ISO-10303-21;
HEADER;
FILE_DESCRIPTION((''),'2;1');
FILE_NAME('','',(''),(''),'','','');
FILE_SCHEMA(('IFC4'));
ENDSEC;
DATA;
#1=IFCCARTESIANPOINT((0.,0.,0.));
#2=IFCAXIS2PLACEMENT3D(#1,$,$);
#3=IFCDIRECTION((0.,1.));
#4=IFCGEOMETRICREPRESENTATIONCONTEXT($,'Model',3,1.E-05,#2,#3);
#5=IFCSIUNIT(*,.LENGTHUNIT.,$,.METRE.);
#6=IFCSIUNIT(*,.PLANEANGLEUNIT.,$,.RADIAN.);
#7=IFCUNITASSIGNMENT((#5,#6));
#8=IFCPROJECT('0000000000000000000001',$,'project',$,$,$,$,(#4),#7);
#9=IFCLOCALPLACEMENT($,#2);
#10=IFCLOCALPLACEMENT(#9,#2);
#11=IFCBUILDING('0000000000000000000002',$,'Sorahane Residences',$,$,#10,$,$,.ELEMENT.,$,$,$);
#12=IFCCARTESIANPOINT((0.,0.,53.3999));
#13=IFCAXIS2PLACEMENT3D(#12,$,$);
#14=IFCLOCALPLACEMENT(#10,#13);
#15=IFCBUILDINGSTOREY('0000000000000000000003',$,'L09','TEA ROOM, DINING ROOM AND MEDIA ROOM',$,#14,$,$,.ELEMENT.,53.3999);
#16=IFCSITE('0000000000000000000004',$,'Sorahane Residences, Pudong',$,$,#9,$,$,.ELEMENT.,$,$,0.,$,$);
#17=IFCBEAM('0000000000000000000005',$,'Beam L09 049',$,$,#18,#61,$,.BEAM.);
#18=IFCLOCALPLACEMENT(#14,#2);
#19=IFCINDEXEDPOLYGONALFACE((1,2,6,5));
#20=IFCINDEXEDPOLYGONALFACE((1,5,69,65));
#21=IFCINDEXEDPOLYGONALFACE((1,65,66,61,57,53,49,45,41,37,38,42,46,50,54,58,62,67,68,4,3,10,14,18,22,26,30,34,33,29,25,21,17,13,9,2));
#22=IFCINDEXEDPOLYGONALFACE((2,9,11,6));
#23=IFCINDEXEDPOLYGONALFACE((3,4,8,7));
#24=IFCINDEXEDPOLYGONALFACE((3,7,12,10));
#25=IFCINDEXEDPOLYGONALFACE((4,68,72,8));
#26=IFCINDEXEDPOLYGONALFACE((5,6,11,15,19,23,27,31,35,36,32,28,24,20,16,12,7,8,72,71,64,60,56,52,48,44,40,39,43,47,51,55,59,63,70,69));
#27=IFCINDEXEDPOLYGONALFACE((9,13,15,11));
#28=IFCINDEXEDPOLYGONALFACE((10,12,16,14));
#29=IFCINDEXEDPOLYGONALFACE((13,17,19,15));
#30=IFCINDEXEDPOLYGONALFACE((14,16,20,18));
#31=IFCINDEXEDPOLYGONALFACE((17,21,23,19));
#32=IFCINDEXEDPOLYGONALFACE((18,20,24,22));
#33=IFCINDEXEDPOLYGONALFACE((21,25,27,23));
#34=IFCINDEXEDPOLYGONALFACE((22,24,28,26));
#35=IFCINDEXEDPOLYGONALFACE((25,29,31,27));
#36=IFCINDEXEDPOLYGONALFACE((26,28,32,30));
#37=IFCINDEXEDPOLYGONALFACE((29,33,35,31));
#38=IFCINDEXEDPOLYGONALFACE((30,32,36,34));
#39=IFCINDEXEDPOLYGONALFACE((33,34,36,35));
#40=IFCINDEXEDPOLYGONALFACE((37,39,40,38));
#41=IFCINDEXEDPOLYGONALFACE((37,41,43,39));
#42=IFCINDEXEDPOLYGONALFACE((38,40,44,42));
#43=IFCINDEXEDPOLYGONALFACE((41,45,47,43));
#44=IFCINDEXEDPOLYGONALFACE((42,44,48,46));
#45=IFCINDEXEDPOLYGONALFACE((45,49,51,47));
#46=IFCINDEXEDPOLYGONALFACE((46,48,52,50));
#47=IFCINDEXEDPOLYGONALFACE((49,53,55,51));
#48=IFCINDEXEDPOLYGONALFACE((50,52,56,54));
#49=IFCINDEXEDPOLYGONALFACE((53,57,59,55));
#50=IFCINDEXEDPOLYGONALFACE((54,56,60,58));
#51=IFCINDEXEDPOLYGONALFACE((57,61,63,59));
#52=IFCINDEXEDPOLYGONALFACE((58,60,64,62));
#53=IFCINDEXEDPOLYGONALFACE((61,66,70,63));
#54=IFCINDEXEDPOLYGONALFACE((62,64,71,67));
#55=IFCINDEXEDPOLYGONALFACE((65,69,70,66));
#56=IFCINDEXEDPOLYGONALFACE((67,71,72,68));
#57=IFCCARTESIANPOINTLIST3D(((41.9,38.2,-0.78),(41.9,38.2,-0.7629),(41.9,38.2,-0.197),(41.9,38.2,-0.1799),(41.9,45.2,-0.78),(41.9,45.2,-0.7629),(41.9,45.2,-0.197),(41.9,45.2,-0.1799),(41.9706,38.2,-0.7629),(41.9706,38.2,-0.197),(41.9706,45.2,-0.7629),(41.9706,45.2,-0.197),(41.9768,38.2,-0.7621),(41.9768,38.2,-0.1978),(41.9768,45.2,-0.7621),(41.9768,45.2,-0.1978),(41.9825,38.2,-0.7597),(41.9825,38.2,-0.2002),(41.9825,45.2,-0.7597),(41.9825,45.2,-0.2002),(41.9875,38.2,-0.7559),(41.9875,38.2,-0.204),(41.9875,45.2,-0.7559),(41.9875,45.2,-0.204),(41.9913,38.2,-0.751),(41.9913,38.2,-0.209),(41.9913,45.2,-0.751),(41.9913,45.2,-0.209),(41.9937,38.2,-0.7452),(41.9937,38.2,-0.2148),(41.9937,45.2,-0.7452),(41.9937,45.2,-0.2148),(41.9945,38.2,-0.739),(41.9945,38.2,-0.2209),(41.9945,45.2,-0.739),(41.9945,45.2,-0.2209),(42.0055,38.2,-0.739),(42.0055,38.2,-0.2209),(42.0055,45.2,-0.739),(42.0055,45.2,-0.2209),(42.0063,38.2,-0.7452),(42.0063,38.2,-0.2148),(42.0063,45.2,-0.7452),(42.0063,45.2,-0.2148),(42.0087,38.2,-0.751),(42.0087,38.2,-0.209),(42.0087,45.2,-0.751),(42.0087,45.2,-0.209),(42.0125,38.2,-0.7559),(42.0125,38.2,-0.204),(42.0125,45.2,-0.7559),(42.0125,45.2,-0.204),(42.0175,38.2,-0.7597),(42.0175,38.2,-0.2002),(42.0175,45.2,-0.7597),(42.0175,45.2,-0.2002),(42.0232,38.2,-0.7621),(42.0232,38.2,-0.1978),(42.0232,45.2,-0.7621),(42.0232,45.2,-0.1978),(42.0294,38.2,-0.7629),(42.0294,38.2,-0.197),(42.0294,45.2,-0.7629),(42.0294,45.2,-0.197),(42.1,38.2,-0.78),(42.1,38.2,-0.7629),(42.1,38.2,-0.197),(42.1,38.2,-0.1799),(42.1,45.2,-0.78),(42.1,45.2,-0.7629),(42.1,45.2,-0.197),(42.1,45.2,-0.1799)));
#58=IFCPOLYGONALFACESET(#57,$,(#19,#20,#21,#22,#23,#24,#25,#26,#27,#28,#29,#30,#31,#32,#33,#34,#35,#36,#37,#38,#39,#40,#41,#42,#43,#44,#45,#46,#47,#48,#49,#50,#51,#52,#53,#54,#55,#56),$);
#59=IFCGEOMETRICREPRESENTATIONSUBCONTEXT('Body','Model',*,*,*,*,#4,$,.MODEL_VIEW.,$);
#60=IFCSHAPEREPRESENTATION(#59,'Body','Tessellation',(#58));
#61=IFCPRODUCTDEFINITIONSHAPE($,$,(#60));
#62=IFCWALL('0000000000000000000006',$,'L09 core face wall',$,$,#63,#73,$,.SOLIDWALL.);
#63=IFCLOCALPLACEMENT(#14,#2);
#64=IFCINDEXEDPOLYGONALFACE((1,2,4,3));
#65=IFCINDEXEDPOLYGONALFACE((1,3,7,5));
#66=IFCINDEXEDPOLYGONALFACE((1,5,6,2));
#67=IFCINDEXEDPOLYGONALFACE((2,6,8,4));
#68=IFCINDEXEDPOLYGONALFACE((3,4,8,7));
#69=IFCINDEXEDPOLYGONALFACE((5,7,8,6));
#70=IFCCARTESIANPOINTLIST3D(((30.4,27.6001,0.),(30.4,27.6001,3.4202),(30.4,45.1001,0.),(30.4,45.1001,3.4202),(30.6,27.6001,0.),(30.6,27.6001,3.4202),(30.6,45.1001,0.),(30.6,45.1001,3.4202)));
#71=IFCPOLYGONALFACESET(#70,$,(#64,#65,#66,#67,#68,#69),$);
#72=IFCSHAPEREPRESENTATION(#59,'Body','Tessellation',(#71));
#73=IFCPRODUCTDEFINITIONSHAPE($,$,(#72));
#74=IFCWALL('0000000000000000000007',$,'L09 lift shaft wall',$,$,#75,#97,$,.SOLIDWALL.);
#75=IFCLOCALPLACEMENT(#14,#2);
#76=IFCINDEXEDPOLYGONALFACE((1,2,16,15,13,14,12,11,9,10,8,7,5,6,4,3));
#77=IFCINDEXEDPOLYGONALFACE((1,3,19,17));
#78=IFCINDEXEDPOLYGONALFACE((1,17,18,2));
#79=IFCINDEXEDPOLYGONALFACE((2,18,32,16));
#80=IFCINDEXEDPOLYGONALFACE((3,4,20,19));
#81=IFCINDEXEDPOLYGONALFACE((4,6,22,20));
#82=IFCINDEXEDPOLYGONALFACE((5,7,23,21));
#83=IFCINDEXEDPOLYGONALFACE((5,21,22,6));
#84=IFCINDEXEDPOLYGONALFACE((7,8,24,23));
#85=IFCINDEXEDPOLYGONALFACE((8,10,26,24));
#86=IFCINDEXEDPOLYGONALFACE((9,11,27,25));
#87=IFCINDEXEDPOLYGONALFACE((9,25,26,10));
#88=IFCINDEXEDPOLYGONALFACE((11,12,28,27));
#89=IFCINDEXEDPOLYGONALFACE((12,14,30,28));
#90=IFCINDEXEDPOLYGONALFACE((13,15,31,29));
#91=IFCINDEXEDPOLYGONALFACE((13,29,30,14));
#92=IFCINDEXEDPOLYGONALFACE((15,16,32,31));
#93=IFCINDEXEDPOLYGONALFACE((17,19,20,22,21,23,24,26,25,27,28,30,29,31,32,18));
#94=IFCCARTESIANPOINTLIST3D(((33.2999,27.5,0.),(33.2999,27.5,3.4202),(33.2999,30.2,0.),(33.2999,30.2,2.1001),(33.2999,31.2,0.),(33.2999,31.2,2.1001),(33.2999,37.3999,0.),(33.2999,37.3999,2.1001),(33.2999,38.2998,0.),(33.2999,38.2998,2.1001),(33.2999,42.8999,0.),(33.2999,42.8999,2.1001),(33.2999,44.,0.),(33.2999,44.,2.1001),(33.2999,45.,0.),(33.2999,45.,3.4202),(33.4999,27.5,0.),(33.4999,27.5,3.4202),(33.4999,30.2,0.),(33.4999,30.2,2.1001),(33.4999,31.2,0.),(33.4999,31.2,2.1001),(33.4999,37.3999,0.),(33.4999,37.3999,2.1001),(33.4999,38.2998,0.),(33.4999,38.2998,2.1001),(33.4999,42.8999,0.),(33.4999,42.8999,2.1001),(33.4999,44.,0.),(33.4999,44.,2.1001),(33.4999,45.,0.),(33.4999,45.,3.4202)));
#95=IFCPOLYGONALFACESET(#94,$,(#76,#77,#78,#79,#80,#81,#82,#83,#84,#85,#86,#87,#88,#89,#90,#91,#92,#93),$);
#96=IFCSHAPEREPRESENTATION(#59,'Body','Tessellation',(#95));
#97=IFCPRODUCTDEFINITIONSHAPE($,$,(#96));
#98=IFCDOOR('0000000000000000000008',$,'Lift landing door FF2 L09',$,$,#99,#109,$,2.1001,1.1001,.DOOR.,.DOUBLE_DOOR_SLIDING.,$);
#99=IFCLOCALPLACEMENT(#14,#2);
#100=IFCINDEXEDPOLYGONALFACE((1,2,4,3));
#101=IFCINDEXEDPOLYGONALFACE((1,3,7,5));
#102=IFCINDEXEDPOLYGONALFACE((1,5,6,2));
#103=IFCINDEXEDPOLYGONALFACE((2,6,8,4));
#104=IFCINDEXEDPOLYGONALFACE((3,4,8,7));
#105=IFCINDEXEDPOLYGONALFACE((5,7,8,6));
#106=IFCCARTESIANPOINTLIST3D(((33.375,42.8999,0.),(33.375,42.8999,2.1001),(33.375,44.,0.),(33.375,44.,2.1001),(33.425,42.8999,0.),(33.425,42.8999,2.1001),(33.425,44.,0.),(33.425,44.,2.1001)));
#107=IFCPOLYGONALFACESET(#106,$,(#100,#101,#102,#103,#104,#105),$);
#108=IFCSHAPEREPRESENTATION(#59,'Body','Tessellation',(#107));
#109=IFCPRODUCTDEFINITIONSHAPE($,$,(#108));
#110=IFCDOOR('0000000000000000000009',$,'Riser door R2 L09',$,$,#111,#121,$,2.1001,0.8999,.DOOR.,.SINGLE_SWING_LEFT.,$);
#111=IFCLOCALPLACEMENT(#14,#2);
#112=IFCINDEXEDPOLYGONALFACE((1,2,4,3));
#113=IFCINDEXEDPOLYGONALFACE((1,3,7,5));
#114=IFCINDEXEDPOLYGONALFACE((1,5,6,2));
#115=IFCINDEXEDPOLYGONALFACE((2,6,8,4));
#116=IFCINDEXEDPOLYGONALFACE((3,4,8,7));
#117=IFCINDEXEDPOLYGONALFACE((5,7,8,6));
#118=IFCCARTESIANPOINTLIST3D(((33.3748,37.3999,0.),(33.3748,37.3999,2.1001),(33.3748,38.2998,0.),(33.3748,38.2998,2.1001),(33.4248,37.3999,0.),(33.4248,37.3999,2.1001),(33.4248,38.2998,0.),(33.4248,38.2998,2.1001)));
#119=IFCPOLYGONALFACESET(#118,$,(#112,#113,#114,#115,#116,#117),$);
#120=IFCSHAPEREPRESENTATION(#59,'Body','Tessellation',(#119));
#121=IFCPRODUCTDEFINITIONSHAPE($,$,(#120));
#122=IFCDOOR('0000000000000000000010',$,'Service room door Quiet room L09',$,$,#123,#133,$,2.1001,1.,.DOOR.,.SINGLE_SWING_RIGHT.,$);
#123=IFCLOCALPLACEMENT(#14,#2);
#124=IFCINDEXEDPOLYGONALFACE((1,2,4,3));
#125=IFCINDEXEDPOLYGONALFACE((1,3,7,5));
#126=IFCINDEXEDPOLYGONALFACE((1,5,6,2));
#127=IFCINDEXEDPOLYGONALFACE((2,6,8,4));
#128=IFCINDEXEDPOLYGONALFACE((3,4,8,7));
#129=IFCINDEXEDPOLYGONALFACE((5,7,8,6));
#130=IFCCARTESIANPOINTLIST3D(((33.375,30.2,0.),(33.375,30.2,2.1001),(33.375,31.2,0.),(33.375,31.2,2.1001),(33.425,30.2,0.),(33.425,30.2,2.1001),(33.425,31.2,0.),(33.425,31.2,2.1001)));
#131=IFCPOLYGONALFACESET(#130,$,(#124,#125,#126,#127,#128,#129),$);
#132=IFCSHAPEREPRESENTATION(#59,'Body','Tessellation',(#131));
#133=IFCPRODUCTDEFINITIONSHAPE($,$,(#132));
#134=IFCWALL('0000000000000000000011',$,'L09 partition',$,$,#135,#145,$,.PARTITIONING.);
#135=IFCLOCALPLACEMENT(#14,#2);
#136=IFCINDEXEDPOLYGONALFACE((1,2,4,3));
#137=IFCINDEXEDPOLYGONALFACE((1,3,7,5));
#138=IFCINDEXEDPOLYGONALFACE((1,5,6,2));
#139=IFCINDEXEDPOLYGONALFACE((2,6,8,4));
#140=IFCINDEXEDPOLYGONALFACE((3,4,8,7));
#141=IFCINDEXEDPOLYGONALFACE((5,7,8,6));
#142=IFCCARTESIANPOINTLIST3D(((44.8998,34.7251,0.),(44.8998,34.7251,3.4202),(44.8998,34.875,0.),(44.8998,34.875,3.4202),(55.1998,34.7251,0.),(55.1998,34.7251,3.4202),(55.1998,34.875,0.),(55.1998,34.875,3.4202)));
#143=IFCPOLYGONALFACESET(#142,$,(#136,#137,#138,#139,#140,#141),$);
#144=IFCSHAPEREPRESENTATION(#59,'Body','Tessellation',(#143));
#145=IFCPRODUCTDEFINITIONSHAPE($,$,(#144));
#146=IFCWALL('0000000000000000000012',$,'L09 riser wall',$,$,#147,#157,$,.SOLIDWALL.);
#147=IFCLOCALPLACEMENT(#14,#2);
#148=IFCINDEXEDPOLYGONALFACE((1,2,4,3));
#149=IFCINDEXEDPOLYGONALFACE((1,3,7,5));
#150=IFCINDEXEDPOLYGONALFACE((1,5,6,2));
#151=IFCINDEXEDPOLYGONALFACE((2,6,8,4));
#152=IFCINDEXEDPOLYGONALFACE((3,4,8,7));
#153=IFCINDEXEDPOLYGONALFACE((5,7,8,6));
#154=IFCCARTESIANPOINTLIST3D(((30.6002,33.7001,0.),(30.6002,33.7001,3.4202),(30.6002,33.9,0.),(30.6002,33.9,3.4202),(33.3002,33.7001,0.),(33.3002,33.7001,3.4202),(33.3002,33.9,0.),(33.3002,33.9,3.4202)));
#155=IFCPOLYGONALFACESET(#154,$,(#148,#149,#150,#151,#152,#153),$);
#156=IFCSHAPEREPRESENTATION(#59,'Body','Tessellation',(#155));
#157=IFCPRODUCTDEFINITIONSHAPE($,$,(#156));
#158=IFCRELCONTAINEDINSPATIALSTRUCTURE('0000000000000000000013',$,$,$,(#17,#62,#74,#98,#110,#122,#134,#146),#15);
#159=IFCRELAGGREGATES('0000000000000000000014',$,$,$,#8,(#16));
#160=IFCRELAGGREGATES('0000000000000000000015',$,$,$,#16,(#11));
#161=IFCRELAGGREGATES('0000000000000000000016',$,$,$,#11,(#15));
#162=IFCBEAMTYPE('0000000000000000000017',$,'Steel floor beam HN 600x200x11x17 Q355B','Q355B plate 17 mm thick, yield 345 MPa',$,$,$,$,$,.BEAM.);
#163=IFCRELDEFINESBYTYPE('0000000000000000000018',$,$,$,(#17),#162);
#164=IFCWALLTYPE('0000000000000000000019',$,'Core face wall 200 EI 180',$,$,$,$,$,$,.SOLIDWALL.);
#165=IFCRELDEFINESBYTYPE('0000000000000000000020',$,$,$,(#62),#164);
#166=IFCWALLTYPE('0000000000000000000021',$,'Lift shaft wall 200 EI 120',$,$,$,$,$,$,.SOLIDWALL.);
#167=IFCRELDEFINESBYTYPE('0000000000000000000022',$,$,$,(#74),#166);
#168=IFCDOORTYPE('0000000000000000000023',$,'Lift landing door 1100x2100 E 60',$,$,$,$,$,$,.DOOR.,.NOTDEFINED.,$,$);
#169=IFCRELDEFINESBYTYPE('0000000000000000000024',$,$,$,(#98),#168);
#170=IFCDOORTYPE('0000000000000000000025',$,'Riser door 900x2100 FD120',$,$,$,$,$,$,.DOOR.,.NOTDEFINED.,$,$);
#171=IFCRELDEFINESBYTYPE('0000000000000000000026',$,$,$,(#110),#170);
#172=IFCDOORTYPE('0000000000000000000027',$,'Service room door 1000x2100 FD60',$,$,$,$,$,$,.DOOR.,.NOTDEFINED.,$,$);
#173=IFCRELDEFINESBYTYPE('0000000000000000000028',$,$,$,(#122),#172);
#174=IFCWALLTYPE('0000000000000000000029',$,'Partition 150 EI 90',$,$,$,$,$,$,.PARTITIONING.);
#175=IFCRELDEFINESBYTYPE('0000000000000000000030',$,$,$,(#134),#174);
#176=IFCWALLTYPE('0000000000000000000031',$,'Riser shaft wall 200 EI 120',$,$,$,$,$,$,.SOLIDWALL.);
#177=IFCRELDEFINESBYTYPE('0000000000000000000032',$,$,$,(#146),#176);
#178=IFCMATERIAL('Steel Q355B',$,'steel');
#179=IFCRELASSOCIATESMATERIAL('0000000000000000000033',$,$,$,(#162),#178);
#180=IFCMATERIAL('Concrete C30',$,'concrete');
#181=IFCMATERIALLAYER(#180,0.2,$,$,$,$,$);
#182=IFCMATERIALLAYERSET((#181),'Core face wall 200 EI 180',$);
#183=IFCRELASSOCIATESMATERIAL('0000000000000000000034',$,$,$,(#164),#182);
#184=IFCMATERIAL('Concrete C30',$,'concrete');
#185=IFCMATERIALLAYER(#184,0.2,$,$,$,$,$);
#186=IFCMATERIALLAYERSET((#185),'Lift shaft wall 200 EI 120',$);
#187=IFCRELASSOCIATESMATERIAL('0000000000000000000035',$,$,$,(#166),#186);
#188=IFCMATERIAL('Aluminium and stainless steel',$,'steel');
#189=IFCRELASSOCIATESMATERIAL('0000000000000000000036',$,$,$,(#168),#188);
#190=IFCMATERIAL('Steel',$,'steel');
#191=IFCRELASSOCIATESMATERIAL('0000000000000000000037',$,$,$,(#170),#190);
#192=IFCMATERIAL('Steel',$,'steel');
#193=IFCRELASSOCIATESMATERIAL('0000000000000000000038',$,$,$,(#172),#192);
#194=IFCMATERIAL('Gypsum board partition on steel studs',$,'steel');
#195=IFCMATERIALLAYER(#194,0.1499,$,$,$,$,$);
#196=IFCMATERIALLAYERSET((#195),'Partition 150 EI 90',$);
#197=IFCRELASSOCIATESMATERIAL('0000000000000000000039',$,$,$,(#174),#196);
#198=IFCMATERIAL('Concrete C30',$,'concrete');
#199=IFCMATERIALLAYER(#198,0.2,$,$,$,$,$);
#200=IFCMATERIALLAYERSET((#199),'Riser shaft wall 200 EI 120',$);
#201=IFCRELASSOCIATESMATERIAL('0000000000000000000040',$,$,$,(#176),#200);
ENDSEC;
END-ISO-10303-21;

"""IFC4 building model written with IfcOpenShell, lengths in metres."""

from ifc_helpers import new_model, si_unit, direction, frame, frame_2d, origin, origin_2d, place, context, subcontext, project, spatial, rectangle, i_section, extrude, material, layer, layer_set, material_profile, profile_set, type_object, element, fill, save


model = new_model("IFC4")

# Units and contexts
model_context = context("Model", 3, precision=1e-05, world=origin(), true_north=direction((0.0, 1.0)))
body_context = subcontext(model_context, "Body", "Model", "MODEL_VIEW")
ifc_project = project(units=[si_unit("LENGTHUNIT", "METRE"), si_unit("PLANEANGLEUNIT", "RADIAN")], contexts=[model_context])

# Site, building, storey
site_placement = place(None, origin())
site = spatial("IfcSite", under=ifc_project, at=site_placement, Name="Sorahane Residences, Pudong", CompositionType="ELEMENT", RefElevation=0.0)
building_placement = place(site_placement, origin())
building = spatial("IfcBuilding", under=site, at=building_placement, Name="Sorahane Residences", CompositionType="ELEMENT")
storey_placement = place(building_placement, frame((0.0, 0.0, 53.3999)))
storey = spatial("IfcBuildingStorey", under=building, at=storey_placement, Name="L09", Description="TEA ROOM, DINING ROOM AND MEDIA ROOM", CompositionType="ELEMENT", Elevation=53.3999)

# Beam
ifc_material_1 = material(Name="Steel Q355B", Category="steel")
ifc_material_profile_1 = material_profile(ifc_material_1, i_section(OverallWidth=0.2, OverallDepth=0.6001, WebThickness=0.011, FlangeThickness=0.0171, FilletRadius=0.0239, at=origin_2d()), Name="HN 600x200x11x17")
ifc_profile_set_1 = profile_set([ifc_material_profile_1], Name="Steel Q355B")
beam_type_1 = type_object("IfcBeamType", Name="Steel floor beam HN 600x200x11x17 Q355B", Description="Q355B plate 17 mm thick, yield 345 MPa", PredefinedType="BEAM", material=ifc_profile_set_1)
for number, where, z_axis, x_axis, name in (
    (1, (42.0, 38.2, -0.48), (0.0, 1.0, 0.0), (-1.0, 0.0, 0.0), "Beam L09 049"),
):
    element("IfcBeam", number, at=place(storey_placement, frame(where, z_axis=z_axis, x_axis=x_axis)), inside=storey, type_object=beam_type_1, Name=name, PredefinedType="BEAM", context=body_context, shape_type="SweptSolid", body=[
        extrude(i_section(OverallWidth=0.2, OverallDepth=0.6001, WebThickness=0.011, FlangeThickness=0.0171, FilletRadius=0.0239, at=origin_2d()), origin(), (0.0, 0.0, 1.0), 7.0),
    ])

# Wall
ifc_material_2 = material(Name="Concrete C30", Category="concrete")
ifc_layer_1 = layer(ifc_material_2, 0.2)
ifc_layer_set_1 = layer_set([ifc_layer_1], Name="Core face wall 200 EI 180")
wall_type_1 = type_object("IfcWallType", Name="Core face wall 200 EI 180", PredefinedType="SOLIDWALL", material=ifc_layer_set_1)
wall_1_placement = place(storey_placement, frame((30.5, 27.6001, 0.0), z_axis=(0.0, 0.0, 1.0), x_axis=(0.0, 1.0, 0.0)))
element("IfcWall", 2, at=wall_1_placement, inside=storey, type_object=wall_type_1, Name="L09 core face wall", PredefinedType="SOLIDWALL", context=body_context, shape_type="SweptSolid", body=[
    extrude(rectangle(XDim=17.5, YDim=0.2, at=frame_2d((8.75, 0.0))), origin(), (0.0, 0.0, 1.0), 3.4202),
])

# Wall, openings, doors
ifc_material_3 = material(Name="Concrete C30", Category="concrete")
ifc_layer_2 = layer(ifc_material_3, 0.2)
ifc_layer_set_2 = layer_set([ifc_layer_2], Name="Lift shaft wall 200 EI 120")
wall_type_2 = type_object("IfcWallType", Name="Lift shaft wall 200 EI 120", PredefinedType="SOLIDWALL", material=ifc_layer_set_2)
wall_2_placement = place(storey_placement, frame((33.3999, 27.5, 0.0), z_axis=(0.0, 0.0, 1.0), x_axis=(0.0, 1.0, 0.0)))
wall_2 = element("IfcWall", 3, at=wall_2_placement, inside=storey, type_object=wall_type_2, Name="L09 lift shaft wall", PredefinedType="SOLIDWALL", context=body_context, shape_type="SweptSolid", body=[
    extrude(rectangle(XDim=17.5, YDim=0.2, at=frame_2d((8.75, 0.0))), origin(), (0.0, 0.0, 1.0), 3.4202),
])
opening_1_placement = place(wall_2_placement, frame((15.3999, 0.0, 0.0)))
opening_1 = element("IfcOpeningElement", 4, at=opening_1_placement, cuts=wall_2, PredefinedType="OPENING", context=body_context, shape_type="SweptSolid", body=[
    extrude(rectangle(XDim=1.1001, YDim=2.1001, at=frame_2d((0.55, 1.05))), frame((0.0, 0.1099, 0.0), z_axis=(0.0, -1.0, 0.0), x_axis=(1.0, 0.0, 0.0)), (0.0, 0.0, 1.0), 0.22),
])
opening_2_placement = place(wall_2_placement, frame((2.7, 0.0, 0.0)))
opening_2 = element("IfcOpeningElement", 5, at=opening_2_placement, cuts=wall_2, PredefinedType="OPENING", context=body_context, shape_type="SweptSolid", body=[
    extrude(rectangle(XDim=1.0, YDim=2.1001, at=frame_2d((0.5, 1.05))), frame((0.0, 0.1099, 0.0), z_axis=(0.0, -1.0, 0.0), x_axis=(1.0, 0.0, 0.0)), (0.0, 0.0, 1.0), 0.22),
])
opening_3_placement = place(wall_2_placement, frame((9.8999, 0.0, 0.0)))
opening_3 = element("IfcOpeningElement", 6, at=opening_3_placement, cuts=wall_2, PredefinedType="OPENING", context=body_context, shape_type="SweptSolid", body=[
    extrude(rectangle(XDim=0.8999, YDim=2.1001, at=frame_2d((0.45, 1.05))), frame((0.0, 0.1099, 0.0), z_axis=(0.0, -1.0, 0.0), x_axis=(1.0, 0.0, 0.0)), (0.0, 0.0, 1.0), 0.22),
])
ifc_material_4 = material(Name="Aluminium and stainless steel", Category="steel")
door_type_1 = type_object("IfcDoorType", Name="Lift landing door 1100x2100 E 60", OperationType="NOTDEFINED", PredefinedType="DOOR", material=ifc_material_4)
door_1_placement = place(opening_1_placement, origin())
door_1 = element("IfcDoor", 7, at=door_1_placement, inside=storey, type_object=door_type_1, Name="Lift landing door FF2 L09", OperationType="DOUBLE_DOOR_SLIDING", OverallHeight=2.1001, OverallWidth=1.1001, PredefinedType="DOOR", context=body_context, shape_type="SweptSolid", body=[
    extrude(rectangle(XDim=1.1001, YDim=2.1001, at=frame_2d((0.55, 1.05))), frame((0.0, 0.0249, 0.0), z_axis=(0.0, -1.0, 0.0), x_axis=(1.0, 0.0, 0.0)), (0.0, 0.0, 1.0), 0.05),
])
fill(opening_1, door_1)
ifc_material_5 = material(Name="Steel", Category="steel")
door_type_2 = type_object("IfcDoorType", Name="Riser door 900x2100 FD120", OperationType="NOTDEFINED", PredefinedType="DOOR", material=ifc_material_5)
door_2_placement = place(opening_3_placement, frame((0.8999, 0.0, 0.0), z_axis=(0.0, 0.0, 1.0), x_axis=(-1.0, 0.0, 0.0)))
door_2 = element("IfcDoor", 8, at=door_2_placement, inside=storey, type_object=door_type_2, Name="Riser door R2 L09", OperationType="SINGLE_SWING_LEFT", OverallHeight=2.1001, OverallWidth=0.8999, PredefinedType="DOOR", context=body_context, shape_type="SweptSolid", body=[
    extrude(rectangle(XDim=0.8999, YDim=2.1001, at=frame_2d((0.45, 1.05))), frame((0.0, 0.0249, 0.0), z_axis=(0.0, -1.0, 0.0), x_axis=(1.0, 0.0, 0.0)), (0.0, 0.0, 1.0), 0.05),
])
fill(opening_3, door_2)
ifc_material_6 = material(Name="Steel", Category="steel")
door_type_3 = type_object("IfcDoorType", Name="Service room door 1000x2100 FD60", OperationType="NOTDEFINED", PredefinedType="DOOR", material=ifc_material_6)
door_3_placement = place(opening_2_placement, origin())
door_3 = element("IfcDoor", 9, at=door_3_placement, inside=storey, type_object=door_type_3, Name="Service room door Quiet room L09", OperationType="SINGLE_SWING_RIGHT", OverallHeight=2.1001, OverallWidth=1.0, PredefinedType="DOOR", context=body_context, shape_type="SweptSolid", body=[
    extrude(rectangle(XDim=1.0, YDim=2.1001, at=frame_2d((0.5, 1.05))), frame((0.0, 0.0249, 0.0), z_axis=(0.0, -1.0, 0.0), x_axis=(1.0, 0.0, 0.0)), (0.0, 0.0, 1.0), 0.05),
])
fill(opening_2, door_3)

# Walls
ifc_material_7 = material(Name="Gypsum board partition on steel studs", Category="steel")
ifc_layer_3 = layer(ifc_material_7, 0.1499)
ifc_layer_set_3 = layer_set([ifc_layer_3], Name="Partition 150 EI 90")
wall_type_3 = type_object("IfcWallType", Name="Partition 150 EI 90", PredefinedType="PARTITIONING", material=ifc_layer_set_3)
wall_3_placement = place(storey_placement, frame((44.8999, 34.8, 0.0), z_axis=(0.0, 0.0, 1.0), x_axis=(1.0, 0.0, 0.0)))
element("IfcWall", 10, at=wall_3_placement, inside=storey, type_object=wall_type_3, Name="L09 partition", PredefinedType="PARTITIONING", context=body_context, shape_type="SweptSolid", body=[
    extrude(rectangle(XDim=10.3, YDim=0.1499, at=frame_2d((5.1499, 0.0))), origin(), (0.0, 0.0, 1.0), 3.4202),
])
ifc_material_8 = material(Name="Concrete C30", Category="concrete")
ifc_layer_4 = layer(ifc_material_8, 0.2)
ifc_layer_set_4 = layer_set([ifc_layer_4], Name="Riser shaft wall 200 EI 120")
wall_type_4 = type_object("IfcWallType", Name="Riser shaft wall 200 EI 120", PredefinedType="SOLIDWALL", material=ifc_layer_set_4)
wall_4_placement = place(storey_placement, frame((30.6001, 33.8, 0.0), z_axis=(0.0, 0.0, 1.0), x_axis=(1.0, 0.0, 0.0)))
element("IfcWall", 11, at=wall_4_placement, inside=storey, type_object=wall_type_4, Name="L09 riser wall", PredefinedType="SOLIDWALL", context=body_context, shape_type="SweptSolid", body=[
    extrude(rectangle(XDim=2.7, YDim=0.2, at=frame_2d((1.3501, 0.0))), origin(), (0.0, 0.0, 1.0), 3.4202),
])

save(model, "model.ifc")
